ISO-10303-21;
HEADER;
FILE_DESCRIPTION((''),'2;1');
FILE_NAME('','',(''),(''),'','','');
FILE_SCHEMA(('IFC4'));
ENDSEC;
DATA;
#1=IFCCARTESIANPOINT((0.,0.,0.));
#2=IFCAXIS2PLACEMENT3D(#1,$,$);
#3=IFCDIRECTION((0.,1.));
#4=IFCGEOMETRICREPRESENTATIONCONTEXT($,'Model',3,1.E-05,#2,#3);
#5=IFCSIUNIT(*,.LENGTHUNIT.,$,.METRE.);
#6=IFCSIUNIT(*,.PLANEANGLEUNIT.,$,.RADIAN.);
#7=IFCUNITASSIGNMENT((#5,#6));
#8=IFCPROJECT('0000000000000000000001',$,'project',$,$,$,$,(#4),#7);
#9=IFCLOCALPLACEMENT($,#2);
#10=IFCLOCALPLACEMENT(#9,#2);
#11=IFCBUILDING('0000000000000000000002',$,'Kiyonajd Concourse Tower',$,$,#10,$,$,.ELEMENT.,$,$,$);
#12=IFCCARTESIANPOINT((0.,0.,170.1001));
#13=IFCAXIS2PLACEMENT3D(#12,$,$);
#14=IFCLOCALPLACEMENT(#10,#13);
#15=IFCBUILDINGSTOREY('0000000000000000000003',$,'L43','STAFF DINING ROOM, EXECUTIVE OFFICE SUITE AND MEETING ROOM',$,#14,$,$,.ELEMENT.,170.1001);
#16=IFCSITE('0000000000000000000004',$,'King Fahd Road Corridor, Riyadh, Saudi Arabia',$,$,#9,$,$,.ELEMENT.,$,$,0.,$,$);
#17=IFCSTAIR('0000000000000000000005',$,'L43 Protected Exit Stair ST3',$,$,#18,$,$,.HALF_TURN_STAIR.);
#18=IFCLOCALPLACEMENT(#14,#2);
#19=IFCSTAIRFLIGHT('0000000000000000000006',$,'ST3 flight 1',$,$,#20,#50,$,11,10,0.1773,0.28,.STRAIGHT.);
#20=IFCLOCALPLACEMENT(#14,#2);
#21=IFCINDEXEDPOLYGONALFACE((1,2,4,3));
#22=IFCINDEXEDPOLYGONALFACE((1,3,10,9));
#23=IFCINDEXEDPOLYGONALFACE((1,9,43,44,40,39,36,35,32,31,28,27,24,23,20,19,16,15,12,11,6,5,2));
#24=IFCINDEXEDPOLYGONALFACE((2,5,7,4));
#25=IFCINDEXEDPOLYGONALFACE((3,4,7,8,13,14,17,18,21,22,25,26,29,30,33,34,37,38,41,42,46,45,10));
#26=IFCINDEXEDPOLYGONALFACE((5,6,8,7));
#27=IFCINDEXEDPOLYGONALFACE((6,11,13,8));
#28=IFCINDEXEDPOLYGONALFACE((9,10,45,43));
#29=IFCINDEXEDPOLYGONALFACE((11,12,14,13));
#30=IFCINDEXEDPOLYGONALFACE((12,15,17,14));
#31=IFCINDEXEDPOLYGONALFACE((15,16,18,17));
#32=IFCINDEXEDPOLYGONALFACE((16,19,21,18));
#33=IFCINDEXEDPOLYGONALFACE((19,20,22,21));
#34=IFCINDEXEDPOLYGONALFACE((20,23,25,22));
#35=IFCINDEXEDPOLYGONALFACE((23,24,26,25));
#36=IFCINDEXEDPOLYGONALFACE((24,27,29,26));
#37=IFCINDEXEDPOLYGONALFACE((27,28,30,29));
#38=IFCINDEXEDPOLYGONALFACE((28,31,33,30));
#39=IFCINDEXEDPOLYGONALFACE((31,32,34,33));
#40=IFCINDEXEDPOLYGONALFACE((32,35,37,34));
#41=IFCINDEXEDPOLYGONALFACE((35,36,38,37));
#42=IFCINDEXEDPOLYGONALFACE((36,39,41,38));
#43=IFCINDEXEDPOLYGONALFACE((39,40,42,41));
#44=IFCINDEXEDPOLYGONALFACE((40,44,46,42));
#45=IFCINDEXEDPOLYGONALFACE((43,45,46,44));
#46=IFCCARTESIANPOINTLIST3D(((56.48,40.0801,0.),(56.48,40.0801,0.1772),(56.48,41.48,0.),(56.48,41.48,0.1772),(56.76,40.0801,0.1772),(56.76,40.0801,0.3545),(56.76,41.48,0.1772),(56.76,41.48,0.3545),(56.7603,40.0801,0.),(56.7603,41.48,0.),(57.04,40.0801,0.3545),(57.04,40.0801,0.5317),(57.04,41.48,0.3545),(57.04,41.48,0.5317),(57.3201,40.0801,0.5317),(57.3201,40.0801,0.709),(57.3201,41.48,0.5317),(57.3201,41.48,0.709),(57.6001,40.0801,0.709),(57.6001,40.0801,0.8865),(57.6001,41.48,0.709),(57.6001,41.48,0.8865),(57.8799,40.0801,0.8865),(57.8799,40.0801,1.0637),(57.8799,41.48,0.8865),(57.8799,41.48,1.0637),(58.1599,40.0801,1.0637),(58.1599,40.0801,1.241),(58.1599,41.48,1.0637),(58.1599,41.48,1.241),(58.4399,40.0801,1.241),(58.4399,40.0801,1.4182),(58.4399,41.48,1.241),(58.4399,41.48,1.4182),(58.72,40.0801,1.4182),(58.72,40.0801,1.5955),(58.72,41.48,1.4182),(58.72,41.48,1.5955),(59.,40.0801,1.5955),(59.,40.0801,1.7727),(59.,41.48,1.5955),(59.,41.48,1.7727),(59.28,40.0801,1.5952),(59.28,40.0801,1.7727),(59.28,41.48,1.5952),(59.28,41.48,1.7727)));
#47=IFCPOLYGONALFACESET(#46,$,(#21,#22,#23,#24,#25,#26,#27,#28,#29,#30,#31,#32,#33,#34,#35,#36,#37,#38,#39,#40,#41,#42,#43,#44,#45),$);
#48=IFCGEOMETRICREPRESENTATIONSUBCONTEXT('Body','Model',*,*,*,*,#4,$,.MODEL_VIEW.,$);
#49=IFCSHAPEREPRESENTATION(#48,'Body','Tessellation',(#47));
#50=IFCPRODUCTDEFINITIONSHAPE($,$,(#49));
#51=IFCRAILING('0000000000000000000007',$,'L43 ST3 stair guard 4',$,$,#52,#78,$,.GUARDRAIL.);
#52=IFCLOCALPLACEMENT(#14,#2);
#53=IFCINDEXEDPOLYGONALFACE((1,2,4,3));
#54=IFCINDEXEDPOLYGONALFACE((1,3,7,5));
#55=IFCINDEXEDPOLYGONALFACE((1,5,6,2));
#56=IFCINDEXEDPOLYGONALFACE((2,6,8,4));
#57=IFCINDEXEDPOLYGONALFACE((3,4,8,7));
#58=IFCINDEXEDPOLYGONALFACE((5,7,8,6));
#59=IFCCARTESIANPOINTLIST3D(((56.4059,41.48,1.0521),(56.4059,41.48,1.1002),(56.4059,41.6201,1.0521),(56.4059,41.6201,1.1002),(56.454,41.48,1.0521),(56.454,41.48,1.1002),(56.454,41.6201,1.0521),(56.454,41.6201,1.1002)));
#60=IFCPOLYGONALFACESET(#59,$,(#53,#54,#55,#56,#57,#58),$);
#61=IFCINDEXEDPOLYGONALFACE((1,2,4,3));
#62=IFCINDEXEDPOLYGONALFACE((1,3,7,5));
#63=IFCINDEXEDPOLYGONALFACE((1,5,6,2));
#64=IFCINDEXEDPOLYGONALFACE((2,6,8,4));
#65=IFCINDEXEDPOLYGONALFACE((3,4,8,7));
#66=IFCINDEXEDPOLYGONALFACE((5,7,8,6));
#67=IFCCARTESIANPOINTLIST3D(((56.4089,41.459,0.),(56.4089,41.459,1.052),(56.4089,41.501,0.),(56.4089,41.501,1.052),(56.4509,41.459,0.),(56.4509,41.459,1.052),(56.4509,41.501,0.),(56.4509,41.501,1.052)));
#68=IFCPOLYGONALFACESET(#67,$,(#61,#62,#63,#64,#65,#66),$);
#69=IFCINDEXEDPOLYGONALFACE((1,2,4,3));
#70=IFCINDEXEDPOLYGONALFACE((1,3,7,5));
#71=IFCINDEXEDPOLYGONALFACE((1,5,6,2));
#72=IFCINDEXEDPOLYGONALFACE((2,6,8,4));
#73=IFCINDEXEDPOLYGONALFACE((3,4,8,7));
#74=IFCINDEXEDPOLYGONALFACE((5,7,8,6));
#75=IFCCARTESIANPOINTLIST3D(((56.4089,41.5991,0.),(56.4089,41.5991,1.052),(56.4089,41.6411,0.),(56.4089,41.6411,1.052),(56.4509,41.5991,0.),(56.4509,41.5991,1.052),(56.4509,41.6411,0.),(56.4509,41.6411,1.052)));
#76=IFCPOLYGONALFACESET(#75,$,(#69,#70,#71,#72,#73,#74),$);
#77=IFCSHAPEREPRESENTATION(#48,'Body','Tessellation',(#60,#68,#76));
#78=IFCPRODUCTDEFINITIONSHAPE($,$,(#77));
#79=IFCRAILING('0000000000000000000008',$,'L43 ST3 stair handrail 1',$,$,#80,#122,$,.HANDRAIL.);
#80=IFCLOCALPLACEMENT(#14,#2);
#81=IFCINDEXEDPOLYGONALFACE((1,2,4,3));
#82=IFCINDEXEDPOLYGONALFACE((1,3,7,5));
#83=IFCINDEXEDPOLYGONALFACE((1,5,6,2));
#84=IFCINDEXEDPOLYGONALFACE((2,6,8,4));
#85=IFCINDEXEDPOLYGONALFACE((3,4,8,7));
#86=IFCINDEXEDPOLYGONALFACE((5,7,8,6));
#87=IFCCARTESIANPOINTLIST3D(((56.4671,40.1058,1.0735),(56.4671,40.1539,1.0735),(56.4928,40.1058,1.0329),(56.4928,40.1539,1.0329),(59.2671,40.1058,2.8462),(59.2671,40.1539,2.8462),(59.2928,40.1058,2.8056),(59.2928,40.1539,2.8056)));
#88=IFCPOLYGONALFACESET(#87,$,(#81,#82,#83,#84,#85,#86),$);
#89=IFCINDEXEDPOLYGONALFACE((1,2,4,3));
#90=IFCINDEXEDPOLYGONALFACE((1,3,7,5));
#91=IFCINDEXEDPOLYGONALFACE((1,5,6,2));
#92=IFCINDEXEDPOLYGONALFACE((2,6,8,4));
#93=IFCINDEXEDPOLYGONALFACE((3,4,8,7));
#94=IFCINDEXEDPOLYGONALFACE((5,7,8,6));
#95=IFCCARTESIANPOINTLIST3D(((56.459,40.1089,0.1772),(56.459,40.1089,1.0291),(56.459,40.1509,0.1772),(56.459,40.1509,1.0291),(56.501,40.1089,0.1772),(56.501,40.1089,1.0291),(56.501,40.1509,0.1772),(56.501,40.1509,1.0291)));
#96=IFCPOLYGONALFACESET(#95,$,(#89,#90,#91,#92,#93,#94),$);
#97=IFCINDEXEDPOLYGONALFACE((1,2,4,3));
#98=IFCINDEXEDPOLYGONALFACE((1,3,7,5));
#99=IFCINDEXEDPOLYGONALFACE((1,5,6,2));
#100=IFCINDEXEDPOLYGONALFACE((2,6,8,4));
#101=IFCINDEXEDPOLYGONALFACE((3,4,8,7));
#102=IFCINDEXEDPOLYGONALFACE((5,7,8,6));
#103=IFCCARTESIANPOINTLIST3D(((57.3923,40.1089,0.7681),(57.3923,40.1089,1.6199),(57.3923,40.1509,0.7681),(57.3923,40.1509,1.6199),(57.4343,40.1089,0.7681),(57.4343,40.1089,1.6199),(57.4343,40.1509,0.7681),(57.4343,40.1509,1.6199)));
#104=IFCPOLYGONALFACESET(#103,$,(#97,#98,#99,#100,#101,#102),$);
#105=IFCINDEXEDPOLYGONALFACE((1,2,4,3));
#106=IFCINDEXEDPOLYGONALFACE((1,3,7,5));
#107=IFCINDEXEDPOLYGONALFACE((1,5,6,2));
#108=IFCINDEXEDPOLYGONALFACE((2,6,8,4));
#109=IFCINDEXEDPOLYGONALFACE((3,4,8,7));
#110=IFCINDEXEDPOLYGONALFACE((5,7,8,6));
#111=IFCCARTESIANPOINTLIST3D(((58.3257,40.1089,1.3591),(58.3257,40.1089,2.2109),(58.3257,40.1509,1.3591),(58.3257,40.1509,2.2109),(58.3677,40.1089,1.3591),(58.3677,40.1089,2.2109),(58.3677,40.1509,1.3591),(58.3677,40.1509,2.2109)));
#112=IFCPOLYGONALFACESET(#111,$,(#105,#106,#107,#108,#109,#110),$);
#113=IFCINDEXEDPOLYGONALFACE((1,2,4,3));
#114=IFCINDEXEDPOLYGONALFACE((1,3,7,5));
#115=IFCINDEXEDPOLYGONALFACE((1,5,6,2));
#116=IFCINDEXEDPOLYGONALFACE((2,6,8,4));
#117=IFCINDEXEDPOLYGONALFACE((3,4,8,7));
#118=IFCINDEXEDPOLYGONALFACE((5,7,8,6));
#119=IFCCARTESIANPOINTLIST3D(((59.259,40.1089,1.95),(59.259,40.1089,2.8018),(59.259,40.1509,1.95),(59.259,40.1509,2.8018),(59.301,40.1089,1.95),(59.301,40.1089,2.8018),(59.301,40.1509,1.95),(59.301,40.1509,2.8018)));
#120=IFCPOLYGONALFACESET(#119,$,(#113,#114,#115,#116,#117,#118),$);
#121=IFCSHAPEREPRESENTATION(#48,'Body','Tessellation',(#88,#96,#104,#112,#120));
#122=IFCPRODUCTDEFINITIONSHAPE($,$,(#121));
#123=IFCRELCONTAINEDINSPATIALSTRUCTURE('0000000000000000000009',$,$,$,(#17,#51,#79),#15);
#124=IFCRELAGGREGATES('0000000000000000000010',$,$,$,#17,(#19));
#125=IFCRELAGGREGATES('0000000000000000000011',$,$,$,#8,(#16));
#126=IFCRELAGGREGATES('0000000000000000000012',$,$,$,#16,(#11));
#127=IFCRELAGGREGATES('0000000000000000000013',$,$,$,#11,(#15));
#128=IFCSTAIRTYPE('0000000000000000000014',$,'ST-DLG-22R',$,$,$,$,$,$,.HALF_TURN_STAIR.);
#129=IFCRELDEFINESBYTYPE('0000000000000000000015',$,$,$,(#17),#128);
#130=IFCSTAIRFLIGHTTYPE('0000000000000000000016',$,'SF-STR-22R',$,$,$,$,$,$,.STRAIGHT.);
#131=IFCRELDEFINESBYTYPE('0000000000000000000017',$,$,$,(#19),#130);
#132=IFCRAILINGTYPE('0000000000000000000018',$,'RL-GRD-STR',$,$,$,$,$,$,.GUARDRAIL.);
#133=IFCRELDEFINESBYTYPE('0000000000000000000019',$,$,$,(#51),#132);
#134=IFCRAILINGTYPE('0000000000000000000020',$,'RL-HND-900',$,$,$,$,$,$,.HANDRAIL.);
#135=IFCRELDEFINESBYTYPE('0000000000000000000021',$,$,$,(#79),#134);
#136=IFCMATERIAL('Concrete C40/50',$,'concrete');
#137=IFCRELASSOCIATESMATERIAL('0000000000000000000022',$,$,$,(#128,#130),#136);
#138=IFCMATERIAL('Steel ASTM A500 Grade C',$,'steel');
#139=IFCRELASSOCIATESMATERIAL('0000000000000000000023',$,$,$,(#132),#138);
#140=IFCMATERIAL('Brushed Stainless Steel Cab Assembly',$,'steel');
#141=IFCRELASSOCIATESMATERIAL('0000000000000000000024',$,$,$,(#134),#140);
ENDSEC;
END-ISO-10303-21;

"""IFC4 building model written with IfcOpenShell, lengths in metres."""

from ifc_helpers import new_model, si_unit, direction, frame, origin, origin_2d, place, context, subcontext, project, spatial, polyline, rectangle, outline, extrude, material, type_object, element, aggregate, save


model = new_model("IFC4")

# Units and contexts
model_context = context("Model", 3, precision=1e-05, world=origin(), true_north=direction((0.0, 1.0)))
body_context = subcontext(model_context, "Body", "Model", "MODEL_VIEW")
ifc_project = project(units=[si_unit("LENGTHUNIT", "METRE"), si_unit("PLANEANGLEUNIT", "RADIAN")], contexts=[model_context])

# Site, building, storey
site_placement = place(None, origin())
site = spatial("IfcSite", under=ifc_project, at=site_placement, Name="King Fahd Road Corridor, Riyadh, Saudi Arabia", CompositionType="ELEMENT", RefElevation=0.0)
building_placement = place(site_placement, origin())
building = spatial("IfcBuilding", under=site, at=building_placement, Name="Kiyonajd Concourse Tower", CompositionType="ELEMENT")
storey_placement = place(building_placement, frame((0.0, 0.0, 170.1001)))
storey = spatial("IfcBuildingStorey", under=building, at=storey_placement, Name="L43", Description="STAFF DINING ROOM, EXECUTIVE OFFICE SUITE AND MEETING ROOM", CompositionType="ELEMENT", Elevation=170.1001)

# Shared definitions
ifc_material_1 = material(Name="Brushed Stainless Steel Cab Assembly", Category="steel")

# Stair, stair flight
ifc_material_2 = material(Name="Concrete C40/50", Category="concrete")
stair_type = type_object("IfcStairType", Name="ST-DLG-22R", PredefinedType="HALF_TURN_STAIR", material=ifc_material_2)
stair_placement = place(storey_placement, origin())
stair = element("IfcStair", 1, at=stair_placement, inside=storey, type_object=stair_type, Name="L43 Protected Exit Stair ST3", PredefinedType="HALF_TURN_STAIR")
stair_flight_type = type_object("IfcStairFlightType", Name="SF-STR-22R", PredefinedType="STRAIGHT", material=ifc_material_2)
stair_flight_placement = place(storey_placement, frame((56.48, 40.78, 0.0), z_axis=(0.0, 0.0, 1.0), x_axis=(1.0, 0.0, 0.0)))
stair_flight = element("IfcStairFlight", 2, at=stair_flight_placement, type_object=stair_flight_type, Name="ST3 flight 1", NumberOfRisers=11, NumberOfTreads=10, PredefinedType="STRAIGHT", RiserHeight=0.1773, TreadLength=0.28, context=body_context, shape_type="SweptSolid", body=[
    extrude(outline(polyline([(0.0, 0.0), (0.0, 0.1772), (0.28, 0.1772), (0.28, 0.3545), (0.5601, 0.3545), (0.5601, 0.5317), (0.8401, 0.5317), (0.8401, 0.709), (1.1201, 0.709), (1.1201, 0.8865), (1.3999, 0.8865), (1.3999, 1.0637), (1.6799, 1.0637), (1.6799, 1.241), (1.96, 1.241), (1.96, 1.4182), (2.24, 1.4182), (2.24, 1.5955), (2.52, 1.5955), (2.52, 1.7727), (2.8, 1.7727), (2.8, 1.95), (2.8, 1.5952), (0.2803, 0.0), (0.0, 0.0)])), frame((0.0, 0.7, 0.0), z_axis=(0.0, -1.0, 0.0), x_axis=(1.0, 0.0, 0.0)), (0.0, 0.0, 1.0), 1.3999),
])
aggregate(stair, [stair_flight])

# Railings
ifc_material_3 = material(Name="Steel ASTM A500 Grade C", Category="steel")
railing_type_1 = type_object("IfcRailingType", Name="RL-GRD-STR", PredefinedType="GUARDRAIL", material=ifc_material_3)
railing_1_placement = place(storey_placement, frame((56.4299, 41.48, 0.0)))
element("IfcRailing", 3, at=railing_1_placement, inside=storey, type_object=railing_type_1, Name="L43 ST3 stair guard 4", PredefinedType="GUARDRAIL", context=body_context, shape_type="SweptSolid", body=[
    extrude(rectangle(XDim=0.0481, YDim=0.0481, at=origin_2d()), frame((0.0, 0.0, 1.0762), z_axis=(0.0, 1.0, 0.0), x_axis=(-1.0, 0.0, 0.0)), (0.0, 0.0, 1.0), 0.1401),
    extrude(rectangle(XDim=0.042, YDim=0.042, at=origin_2d()), origin(), (0.0, 0.0, 1.0), 1.052),
    extrude(rectangle(XDim=0.042, YDim=0.042, at=origin_2d()), frame((0.0, 0.1401, 0.0)), (0.0, 0.0, 1.0), 1.052),
])
railing_type_2 = type_object("IfcRailingType", Name="RL-HND-900", PredefinedType="HANDRAIL", material=ifc_material_1)
railing_2_placement = place(storey_placement, frame((56.48, 40.1299, 0.1772)))
element("IfcRailing", 4, at=railing_2_placement, inside=storey, type_object=railing_type_2, Name="L43 ST3 stair handrail 1", PredefinedType="HANDRAIL", context=body_context, shape_type="SweptSolid", body=[
    extrude(rectangle(XDim=0.0481, YDim=0.0481, at=origin_2d()), frame((0.0, 0.0, 0.876), z_axis=(0.844909, 0.0, 0.53491), x_axis=(0.0, 1.0, 0.0)), (0.0, 0.0, 1.0), 3.314),
    extrude(rectangle(XDim=0.042, YDim=0.042, at=origin_2d()), origin(), (0.0, 0.0, 1.0), 0.8518),
    extrude(rectangle(XDim=0.042, YDim=0.042, at=origin_2d()), frame((0.9333, 0.0, 0.5908)), (0.0, 0.0, 1.0), 0.8518),
    extrude(rectangle(XDim=0.042, YDim=0.042, at=origin_2d()), frame((1.8667, 0.0, 1.1819)), (0.0, 0.0, 1.0), 0.8518),
    extrude(rectangle(XDim=0.042, YDim=0.042, at=origin_2d()), frame((2.8, 0.0, 1.7727)), (0.0, 0.0, 1.0), 0.8518),
])

save(model, "model.ifc")
